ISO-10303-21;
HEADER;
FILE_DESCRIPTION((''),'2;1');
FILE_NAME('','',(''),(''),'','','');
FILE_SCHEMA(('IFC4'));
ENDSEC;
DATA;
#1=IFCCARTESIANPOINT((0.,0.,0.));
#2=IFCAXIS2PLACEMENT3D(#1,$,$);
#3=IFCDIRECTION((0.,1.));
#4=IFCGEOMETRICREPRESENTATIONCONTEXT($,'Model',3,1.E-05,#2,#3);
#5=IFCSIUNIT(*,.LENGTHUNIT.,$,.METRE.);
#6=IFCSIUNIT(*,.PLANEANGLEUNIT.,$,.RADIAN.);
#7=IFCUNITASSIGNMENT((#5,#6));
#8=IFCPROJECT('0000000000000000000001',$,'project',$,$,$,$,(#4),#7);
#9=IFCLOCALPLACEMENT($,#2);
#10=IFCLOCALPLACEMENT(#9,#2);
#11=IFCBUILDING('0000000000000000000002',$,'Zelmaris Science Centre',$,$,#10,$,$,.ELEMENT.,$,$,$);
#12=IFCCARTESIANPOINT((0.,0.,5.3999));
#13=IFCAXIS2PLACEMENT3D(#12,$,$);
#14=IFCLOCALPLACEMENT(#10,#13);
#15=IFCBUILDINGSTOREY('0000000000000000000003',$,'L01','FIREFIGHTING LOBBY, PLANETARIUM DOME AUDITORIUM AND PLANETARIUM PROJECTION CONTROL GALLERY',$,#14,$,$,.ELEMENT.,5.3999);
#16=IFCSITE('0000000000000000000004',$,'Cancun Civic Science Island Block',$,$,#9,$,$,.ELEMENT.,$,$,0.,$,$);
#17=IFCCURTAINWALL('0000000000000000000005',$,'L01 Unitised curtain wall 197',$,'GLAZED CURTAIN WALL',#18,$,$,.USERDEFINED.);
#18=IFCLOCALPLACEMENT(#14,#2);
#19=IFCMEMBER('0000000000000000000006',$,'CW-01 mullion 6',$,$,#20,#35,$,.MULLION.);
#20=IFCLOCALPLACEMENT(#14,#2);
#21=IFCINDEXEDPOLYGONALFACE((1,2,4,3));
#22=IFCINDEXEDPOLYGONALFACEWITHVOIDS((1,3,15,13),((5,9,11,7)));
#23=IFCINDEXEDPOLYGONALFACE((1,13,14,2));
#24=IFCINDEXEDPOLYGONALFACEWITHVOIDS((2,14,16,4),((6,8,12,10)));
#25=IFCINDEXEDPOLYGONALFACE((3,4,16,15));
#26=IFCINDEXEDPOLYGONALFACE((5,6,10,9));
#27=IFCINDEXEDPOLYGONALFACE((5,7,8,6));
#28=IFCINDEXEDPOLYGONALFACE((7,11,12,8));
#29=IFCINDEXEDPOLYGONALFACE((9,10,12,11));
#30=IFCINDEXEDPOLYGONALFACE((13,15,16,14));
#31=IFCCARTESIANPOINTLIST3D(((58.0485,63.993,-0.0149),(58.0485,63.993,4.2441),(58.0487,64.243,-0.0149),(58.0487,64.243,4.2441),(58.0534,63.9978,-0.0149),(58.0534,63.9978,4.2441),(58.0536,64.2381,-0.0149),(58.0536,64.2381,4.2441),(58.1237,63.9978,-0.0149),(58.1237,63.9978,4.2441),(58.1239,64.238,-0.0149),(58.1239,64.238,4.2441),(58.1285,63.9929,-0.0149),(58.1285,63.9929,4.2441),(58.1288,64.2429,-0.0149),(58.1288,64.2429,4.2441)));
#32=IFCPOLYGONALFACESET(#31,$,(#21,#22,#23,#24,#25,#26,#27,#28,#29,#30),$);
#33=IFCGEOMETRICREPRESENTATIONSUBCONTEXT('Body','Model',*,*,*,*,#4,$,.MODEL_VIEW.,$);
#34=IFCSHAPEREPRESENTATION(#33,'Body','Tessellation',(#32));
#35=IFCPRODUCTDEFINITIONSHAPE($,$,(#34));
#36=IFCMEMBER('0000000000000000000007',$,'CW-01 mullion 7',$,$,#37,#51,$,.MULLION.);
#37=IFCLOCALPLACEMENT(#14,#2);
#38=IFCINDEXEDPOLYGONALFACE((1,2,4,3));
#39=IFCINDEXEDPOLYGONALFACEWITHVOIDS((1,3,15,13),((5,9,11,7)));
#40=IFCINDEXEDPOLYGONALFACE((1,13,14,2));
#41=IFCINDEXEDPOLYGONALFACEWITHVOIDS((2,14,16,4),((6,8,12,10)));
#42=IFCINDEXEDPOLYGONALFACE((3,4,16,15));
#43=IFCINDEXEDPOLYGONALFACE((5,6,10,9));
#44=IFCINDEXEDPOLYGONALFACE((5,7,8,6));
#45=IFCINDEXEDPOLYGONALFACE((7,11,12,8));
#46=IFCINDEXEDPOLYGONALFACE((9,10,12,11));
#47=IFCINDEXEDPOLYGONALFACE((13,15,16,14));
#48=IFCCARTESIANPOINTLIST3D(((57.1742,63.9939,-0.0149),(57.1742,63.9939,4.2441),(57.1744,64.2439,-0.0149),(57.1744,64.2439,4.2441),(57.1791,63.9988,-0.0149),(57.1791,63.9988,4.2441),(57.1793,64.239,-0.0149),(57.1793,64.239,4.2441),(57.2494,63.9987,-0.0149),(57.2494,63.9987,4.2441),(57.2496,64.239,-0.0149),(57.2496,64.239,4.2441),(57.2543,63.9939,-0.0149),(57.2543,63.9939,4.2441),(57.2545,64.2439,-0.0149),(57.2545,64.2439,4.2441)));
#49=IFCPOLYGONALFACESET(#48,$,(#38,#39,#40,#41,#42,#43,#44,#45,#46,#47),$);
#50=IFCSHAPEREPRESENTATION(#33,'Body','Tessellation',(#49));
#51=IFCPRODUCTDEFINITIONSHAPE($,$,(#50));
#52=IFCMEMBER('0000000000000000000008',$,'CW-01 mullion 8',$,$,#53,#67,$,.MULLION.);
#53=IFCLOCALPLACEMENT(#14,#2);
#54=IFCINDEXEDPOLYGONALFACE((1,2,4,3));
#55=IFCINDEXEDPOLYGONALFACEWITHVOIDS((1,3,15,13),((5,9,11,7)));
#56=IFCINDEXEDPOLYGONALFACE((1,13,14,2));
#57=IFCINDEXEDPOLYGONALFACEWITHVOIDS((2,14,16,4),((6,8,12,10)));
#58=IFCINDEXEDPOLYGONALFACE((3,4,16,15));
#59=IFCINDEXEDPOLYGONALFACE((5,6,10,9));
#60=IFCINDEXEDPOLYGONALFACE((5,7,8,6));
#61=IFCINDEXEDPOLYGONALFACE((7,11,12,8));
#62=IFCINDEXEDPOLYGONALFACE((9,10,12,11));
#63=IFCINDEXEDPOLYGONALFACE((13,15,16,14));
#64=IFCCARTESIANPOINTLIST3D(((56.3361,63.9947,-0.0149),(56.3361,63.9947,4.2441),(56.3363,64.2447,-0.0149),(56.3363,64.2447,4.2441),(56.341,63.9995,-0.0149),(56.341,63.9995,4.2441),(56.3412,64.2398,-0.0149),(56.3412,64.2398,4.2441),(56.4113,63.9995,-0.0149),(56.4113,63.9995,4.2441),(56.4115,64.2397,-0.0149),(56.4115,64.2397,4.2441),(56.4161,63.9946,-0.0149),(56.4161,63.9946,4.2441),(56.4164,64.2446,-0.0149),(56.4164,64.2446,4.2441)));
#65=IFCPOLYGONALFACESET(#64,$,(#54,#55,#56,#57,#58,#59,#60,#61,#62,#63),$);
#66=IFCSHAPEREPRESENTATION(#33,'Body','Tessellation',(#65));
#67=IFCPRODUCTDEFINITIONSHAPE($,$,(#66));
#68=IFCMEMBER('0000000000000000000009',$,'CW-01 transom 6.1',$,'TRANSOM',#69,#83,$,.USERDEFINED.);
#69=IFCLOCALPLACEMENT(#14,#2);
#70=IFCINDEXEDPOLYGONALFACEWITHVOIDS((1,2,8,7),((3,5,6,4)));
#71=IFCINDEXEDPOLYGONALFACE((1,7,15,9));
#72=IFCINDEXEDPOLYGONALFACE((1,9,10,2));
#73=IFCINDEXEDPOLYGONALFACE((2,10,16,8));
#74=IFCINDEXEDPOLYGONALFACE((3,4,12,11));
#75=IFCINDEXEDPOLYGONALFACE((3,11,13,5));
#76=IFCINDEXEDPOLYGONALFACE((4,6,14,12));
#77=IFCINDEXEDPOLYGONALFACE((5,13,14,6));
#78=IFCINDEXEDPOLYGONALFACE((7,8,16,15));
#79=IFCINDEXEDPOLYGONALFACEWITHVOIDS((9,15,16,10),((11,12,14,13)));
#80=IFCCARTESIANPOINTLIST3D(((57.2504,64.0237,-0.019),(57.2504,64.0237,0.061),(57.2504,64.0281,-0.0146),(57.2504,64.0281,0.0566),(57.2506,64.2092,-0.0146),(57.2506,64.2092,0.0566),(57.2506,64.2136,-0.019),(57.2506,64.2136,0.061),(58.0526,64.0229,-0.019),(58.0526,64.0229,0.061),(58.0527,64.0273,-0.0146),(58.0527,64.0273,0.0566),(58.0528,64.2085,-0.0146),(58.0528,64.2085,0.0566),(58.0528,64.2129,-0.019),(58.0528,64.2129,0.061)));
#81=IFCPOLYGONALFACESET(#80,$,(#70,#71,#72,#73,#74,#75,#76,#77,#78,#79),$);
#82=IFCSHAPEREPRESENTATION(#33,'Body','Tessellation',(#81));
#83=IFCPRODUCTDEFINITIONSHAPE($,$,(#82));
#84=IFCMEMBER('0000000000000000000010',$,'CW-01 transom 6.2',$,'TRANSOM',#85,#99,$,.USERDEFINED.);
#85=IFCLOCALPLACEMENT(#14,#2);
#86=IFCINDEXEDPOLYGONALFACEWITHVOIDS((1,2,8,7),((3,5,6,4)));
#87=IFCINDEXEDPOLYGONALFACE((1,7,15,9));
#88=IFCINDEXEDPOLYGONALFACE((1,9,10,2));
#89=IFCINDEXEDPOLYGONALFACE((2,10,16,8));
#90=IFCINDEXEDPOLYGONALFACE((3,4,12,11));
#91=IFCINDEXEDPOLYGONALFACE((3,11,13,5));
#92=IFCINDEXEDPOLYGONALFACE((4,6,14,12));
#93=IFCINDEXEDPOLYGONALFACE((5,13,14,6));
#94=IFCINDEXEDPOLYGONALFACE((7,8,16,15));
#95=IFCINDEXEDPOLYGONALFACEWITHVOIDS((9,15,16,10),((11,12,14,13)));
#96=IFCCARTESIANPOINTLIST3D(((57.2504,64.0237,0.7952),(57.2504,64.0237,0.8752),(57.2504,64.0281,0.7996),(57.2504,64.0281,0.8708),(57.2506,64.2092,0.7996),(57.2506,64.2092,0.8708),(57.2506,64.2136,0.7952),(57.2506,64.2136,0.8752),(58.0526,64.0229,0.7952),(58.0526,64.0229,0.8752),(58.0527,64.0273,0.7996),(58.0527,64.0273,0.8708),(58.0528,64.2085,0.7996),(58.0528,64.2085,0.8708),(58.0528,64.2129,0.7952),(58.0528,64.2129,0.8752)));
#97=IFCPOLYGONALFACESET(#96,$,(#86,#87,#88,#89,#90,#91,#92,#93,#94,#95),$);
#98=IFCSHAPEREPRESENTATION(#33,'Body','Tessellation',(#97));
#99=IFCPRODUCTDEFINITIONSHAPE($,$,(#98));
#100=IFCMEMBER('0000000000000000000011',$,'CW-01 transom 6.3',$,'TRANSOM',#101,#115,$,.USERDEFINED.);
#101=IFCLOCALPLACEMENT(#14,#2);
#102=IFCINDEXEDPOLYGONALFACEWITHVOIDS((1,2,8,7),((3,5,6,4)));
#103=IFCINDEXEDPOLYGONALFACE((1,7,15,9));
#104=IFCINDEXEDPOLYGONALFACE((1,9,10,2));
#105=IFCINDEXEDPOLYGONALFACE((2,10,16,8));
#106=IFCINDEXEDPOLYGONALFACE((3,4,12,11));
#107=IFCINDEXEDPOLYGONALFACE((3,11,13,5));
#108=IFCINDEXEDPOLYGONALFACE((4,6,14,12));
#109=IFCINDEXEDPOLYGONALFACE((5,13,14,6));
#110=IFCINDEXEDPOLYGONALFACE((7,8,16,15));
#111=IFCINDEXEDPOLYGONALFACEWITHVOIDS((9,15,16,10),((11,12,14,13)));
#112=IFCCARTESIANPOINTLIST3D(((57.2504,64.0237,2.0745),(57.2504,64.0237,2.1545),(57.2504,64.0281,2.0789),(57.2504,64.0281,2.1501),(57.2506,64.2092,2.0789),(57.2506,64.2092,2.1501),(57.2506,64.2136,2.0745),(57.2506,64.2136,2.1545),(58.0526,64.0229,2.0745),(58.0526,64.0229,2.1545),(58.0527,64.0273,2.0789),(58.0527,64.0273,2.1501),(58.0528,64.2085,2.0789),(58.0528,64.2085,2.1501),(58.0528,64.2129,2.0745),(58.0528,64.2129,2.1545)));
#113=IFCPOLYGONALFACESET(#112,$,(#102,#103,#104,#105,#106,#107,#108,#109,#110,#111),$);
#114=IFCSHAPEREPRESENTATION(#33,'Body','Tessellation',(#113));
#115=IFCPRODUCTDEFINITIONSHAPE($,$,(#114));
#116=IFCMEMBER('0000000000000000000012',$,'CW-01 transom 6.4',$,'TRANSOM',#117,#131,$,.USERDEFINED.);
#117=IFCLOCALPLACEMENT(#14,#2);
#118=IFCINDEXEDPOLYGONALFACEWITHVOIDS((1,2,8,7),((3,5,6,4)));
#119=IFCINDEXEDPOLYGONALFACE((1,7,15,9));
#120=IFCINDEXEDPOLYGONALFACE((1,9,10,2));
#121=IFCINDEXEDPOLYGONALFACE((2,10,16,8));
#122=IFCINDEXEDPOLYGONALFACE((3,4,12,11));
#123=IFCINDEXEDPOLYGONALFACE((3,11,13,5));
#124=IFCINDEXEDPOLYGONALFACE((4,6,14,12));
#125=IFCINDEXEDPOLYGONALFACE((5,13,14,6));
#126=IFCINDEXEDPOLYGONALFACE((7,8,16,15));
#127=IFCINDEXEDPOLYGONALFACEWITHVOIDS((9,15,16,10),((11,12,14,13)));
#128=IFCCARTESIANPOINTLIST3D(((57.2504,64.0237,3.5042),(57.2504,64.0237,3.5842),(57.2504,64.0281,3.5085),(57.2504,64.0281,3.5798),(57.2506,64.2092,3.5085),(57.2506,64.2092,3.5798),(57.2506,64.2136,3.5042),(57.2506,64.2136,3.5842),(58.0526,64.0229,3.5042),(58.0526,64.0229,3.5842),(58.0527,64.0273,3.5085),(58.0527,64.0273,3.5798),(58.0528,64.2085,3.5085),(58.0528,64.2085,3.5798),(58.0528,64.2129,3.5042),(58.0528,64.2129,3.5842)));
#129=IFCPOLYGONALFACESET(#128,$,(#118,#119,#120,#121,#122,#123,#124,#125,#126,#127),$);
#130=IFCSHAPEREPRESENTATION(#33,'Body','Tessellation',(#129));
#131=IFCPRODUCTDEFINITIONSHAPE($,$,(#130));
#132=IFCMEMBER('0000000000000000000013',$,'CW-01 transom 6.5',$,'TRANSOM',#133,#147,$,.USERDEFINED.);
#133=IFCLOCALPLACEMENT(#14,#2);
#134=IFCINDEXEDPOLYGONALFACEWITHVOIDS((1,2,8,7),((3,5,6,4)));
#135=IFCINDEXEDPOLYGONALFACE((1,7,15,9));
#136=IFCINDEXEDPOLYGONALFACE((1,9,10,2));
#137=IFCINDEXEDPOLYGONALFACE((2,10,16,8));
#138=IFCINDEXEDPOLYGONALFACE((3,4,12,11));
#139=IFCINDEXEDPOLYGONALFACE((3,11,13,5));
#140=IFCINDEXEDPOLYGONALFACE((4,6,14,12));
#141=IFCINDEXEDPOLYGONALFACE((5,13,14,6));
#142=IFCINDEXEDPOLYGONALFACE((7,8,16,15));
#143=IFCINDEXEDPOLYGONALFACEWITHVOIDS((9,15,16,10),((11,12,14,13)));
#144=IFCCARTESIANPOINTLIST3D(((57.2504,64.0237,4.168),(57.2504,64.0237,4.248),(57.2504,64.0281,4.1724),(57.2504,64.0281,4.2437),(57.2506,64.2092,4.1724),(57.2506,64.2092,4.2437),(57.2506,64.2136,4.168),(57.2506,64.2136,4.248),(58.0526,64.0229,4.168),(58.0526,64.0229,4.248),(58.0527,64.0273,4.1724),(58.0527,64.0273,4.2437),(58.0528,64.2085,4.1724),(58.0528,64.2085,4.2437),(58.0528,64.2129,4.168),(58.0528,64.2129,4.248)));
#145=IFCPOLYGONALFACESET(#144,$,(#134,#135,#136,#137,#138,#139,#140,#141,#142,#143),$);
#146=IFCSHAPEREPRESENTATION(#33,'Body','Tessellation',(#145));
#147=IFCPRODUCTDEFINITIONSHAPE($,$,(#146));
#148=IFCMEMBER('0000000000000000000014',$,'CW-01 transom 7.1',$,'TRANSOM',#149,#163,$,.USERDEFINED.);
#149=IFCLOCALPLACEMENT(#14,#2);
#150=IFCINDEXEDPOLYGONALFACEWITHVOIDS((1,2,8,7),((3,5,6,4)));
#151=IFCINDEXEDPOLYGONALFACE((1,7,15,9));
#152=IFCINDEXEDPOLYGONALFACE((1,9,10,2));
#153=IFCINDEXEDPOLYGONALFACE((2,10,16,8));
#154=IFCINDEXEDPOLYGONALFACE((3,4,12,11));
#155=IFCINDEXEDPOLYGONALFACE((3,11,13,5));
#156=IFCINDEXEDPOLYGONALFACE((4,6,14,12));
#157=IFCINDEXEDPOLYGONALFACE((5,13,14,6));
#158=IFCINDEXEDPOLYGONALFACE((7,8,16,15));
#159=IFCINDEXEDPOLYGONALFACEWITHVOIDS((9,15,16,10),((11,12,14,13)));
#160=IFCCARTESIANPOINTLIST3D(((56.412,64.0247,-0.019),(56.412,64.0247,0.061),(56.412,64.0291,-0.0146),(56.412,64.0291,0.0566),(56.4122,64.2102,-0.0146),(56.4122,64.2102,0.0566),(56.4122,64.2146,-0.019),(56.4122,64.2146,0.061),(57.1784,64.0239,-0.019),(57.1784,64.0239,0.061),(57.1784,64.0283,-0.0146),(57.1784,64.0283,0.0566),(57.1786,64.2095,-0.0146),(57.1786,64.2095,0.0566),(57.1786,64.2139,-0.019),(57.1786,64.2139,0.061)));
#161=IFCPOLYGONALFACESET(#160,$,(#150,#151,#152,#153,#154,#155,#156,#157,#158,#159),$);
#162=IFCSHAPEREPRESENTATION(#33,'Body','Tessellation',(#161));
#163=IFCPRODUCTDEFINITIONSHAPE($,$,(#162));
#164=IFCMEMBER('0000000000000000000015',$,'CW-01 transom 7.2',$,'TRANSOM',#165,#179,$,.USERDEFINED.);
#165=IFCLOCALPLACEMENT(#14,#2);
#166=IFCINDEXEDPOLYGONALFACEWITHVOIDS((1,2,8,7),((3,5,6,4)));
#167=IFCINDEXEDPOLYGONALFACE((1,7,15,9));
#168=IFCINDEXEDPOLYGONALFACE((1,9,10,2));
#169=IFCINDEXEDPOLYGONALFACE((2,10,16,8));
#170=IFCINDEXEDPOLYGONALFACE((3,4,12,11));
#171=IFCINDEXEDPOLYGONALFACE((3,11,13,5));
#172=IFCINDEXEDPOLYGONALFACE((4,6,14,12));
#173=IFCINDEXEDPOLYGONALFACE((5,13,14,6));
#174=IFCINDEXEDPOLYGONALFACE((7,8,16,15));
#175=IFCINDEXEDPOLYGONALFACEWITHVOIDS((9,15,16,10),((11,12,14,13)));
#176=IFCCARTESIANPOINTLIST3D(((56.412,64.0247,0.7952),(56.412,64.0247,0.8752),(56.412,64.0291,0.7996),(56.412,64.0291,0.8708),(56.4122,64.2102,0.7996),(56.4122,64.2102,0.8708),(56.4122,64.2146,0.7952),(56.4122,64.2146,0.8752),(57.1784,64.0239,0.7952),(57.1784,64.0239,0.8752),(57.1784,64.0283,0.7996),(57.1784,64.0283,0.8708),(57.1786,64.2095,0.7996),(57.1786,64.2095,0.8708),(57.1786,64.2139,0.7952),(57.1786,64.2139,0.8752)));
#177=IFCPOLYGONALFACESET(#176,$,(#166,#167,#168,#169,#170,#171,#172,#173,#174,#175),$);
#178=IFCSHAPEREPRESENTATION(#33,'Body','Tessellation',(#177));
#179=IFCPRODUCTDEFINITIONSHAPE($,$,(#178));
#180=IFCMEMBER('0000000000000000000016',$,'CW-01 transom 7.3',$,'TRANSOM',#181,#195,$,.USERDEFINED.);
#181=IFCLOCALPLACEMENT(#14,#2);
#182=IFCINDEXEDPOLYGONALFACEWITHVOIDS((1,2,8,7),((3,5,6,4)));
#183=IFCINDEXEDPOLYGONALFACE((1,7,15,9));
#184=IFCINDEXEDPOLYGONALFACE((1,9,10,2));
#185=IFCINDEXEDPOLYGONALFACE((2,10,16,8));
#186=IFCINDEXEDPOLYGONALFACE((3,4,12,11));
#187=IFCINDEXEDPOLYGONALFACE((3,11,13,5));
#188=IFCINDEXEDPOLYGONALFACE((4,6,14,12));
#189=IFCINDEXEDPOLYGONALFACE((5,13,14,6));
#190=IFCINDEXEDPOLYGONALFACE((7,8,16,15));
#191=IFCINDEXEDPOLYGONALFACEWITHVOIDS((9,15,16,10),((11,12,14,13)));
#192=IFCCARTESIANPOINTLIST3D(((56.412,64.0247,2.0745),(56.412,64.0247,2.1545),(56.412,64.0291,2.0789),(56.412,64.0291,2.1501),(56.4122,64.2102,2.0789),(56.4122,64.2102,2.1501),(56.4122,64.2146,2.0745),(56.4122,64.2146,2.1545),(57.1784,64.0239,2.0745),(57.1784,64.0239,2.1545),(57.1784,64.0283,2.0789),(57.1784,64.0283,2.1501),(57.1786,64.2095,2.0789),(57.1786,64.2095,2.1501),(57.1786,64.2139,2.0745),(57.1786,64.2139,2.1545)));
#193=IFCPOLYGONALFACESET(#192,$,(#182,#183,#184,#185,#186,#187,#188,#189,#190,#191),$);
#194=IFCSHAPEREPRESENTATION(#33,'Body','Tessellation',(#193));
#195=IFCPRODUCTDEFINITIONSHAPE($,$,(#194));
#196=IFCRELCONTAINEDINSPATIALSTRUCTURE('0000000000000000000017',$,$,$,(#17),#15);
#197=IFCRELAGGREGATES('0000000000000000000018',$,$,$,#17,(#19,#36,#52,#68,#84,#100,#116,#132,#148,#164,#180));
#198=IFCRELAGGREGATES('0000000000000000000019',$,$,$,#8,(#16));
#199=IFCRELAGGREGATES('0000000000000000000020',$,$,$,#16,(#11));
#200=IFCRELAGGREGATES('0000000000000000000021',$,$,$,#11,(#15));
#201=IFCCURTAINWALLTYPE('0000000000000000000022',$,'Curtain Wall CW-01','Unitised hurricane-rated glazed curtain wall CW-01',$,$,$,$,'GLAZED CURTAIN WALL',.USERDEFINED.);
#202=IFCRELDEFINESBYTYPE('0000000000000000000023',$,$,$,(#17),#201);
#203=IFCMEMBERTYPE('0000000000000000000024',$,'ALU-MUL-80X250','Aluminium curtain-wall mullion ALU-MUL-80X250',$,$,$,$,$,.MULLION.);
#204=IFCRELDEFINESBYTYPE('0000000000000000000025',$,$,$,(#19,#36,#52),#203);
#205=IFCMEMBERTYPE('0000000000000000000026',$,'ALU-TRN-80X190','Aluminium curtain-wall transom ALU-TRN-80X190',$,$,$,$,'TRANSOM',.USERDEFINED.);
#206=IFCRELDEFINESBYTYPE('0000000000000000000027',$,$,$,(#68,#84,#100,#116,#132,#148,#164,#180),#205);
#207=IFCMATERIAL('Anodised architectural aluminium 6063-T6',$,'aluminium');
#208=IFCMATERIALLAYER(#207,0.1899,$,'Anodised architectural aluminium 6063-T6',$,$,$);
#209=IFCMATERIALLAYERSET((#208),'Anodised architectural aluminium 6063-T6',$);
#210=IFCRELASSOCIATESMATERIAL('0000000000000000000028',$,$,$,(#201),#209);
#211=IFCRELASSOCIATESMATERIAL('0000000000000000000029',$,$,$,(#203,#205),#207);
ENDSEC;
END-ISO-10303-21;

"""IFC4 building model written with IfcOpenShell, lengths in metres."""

from ifc_helpers import new_model, si_unit, direction, frame, origin, origin_2d, place, context, subcontext, project, spatial, hollow_rectangle, extrude, material, layer, layer_set, material_profile, profile_set, type_object, element, aggregate, save


model = new_model("IFC4")

# Units and contexts
model_context = context("Model", 3, precision=1e-05, world=origin(), true_north=direction((0.0, 1.0)))
body_context = subcontext(model_context, "Body", "Model", "MODEL_VIEW")
ifc_project = project(units=[si_unit("LENGTHUNIT", "METRE"), si_unit("PLANEANGLEUNIT", "RADIAN")], contexts=[model_context])

# Site, building, storey
site_placement = place(None, origin())
site = spatial("IfcSite", under=ifc_project, at=site_placement, Name="Cancun Civic Science Island Block", CompositionType="ELEMENT", RefElevation=0.0)
building_placement = place(site_placement, origin())
building = spatial("IfcBuilding", under=site, at=building_placement, Name="Zelmaris Science Centre", CompositionType="ELEMENT")
storey_placement = place(building_placement, frame((0.0, 0.0, 5.3999)))
storey = spatial("IfcBuildingStorey", under=building, at=storey_placement, Name="L01", Description="FIREFIGHTING LOBBY, PLANETARIUM DOME AUDITORIUM AND PLANETARIUM PROJECTION CONTROL GALLERY", CompositionType="ELEMENT", Elevation=5.3999)

# Curtain wall, members
ifc_material_1 = material(Name="Anodised architectural aluminium 6063-T6", Category="aluminium")
ifc_layer_1 = layer(ifc_material_1, 0.1899, Name="Anodised architectural aluminium 6063-T6")
ifc_layer_set_1 = layer_set([ifc_layer_1], Name="Anodised architectural aluminium 6063-T6")
curtain_wall_type = type_object("IfcCurtainWallType", Name="Curtain Wall CW-01", Description="Unitised hurricane-rated glazed curtain wall CW-01", ElementType="GLAZED CURTAIN WALL", PredefinedType="USERDEFINED", material=ifc_layer_set_1)
curtain_wall_placement = place(storey_placement, origin())
curtain_wall = element("IfcCurtainWall", 1, at=curtain_wall_placement, inside=storey, type_object=curtain_wall_type, Name="L01 Unitised curtain wall 197", ObjectType="GLAZED CURTAIN WALL", PredefinedType="USERDEFINED")
ifc_material_profile_1 = material_profile(ifc_material_1, hollow_rectangle(XDim=0.0801, YDim=0.25, WallThickness=0.0049, at=origin_2d()), Name="ALU-MUL-80X250")
ifc_profile_set_1 = profile_set([ifc_material_profile_1], Name="Anodised architectural aluminium 6063-T6")
member_type_1 = type_object("IfcMemberType", Name="ALU-MUL-80X250", Description="Aluminium curtain-wall mullion ALU-MUL-80X250", PredefinedType="MULLION", material=ifc_profile_set_1)
member_1_placement = place(storey_placement, frame((58.0886, 64.1179, -0.0149), z_axis=(0.0, 0.0, 1.0), x_axis=(-1.0, 0.00092, 0.0)))
member_1 = element("IfcMember", 2, at=member_1_placement, type_object=member_type_1, Name="CW-01 mullion 6", PredefinedType="MULLION", context=body_context, shape_type="SweptSolid", body=[
    extrude(hollow_rectangle(XDim=0.0801, YDim=0.25, WallThickness=0.0049, at=origin_2d()), origin(), (0.0, 0.0, 1.0), 4.259),
])
member_2_placement = place(storey_placement, frame((57.2144, 64.1189, -0.0149), z_axis=(0.0, 0.0, 1.0), x_axis=(-1.0, 0.00092, 0.0)))
member_2 = element("IfcMember", 3, at=member_2_placement, type_object=member_type_1, Name="CW-01 mullion 7", PredefinedType="MULLION", context=body_context, shape_type="SweptSolid", body=[
    extrude(hollow_rectangle(XDim=0.0801, YDim=0.25, WallThickness=0.0049, at=origin_2d()), origin(), (0.0, 0.0, 1.0), 4.259),
])
member_3_placement = place(storey_placement, frame((56.3762, 64.1196, -0.0149), z_axis=(0.0, 0.0, 1.0), x_axis=(-1.0, 0.00092, 0.0)))
member_3 = element("IfcMember", 4, at=member_3_placement, type_object=member_type_1, Name="CW-01 mullion 8", PredefinedType="MULLION", context=body_context, shape_type="SweptSolid", body=[
    extrude(hollow_rectangle(XDim=0.0801, YDim=0.25, WallThickness=0.0049, at=origin_2d()), origin(), (0.0, 0.0, 1.0), 4.259),
])
ifc_material_profile_2 = material_profile(ifc_material_1, hollow_rectangle(XDim=0.0801, YDim=0.1899, WallThickness=0.0044, at=origin_2d()), Name="ALU-TRN-80X190")
ifc_profile_set_2 = profile_set([ifc_material_profile_2], Name="Anodised architectural aluminium 6063-T6")
member_type_2 = type_object("IfcMemberType", Name="ALU-TRN-80X190", Description="Aluminium curtain-wall transom ALU-TRN-80X190", ElementType="TRANSOM", PredefinedType="USERDEFINED", material=ifc_profile_set_2)
member_4_placement = place(storey_placement, frame((58.0527, 64.1179, 0.021), z_axis=(-1.0, 0.000913, 0.0), x_axis=(0.0, 0.0, 1.0)))
member_4 = element("IfcMember", 5, at=member_4_placement, type_object=member_type_2, Name="CW-01 transom 6.1", ObjectType="TRANSOM", PredefinedType="USERDEFINED", context=body_context, shape_type="SweptSolid", body=[
    extrude(hollow_rectangle(XDim=0.0801, YDim=0.1899, WallThickness=0.0044, at=origin_2d()), origin(), (0.0, 0.0, 1.0), 0.8022),
])
member_5_placement = place(storey_placement, frame((58.0527, 64.1179, 0.8352), z_axis=(-1.0, 0.000913, 0.0), x_axis=(0.0, 0.0, 1.0)))
member_5 = element("IfcMember", 6, at=member_5_placement, type_object=member_type_2, Name="CW-01 transom 6.2", ObjectType="TRANSOM", PredefinedType="USERDEFINED", context=body_context, shape_type="SweptSolid", body=[
    extrude(hollow_rectangle(XDim=0.0801, YDim=0.1899, WallThickness=0.0044, at=origin_2d()), origin(), (0.0, 0.0, 1.0), 0.8022),
])
member_6_placement = place(storey_placement, frame((58.0527, 64.1179, 2.1145), z_axis=(-1.0, 0.000913, 0.0), x_axis=(0.0, 0.0, 1.0)))
member_6 = element("IfcMember", 7, at=member_6_placement, type_object=member_type_2, Name="CW-01 transom 6.3", ObjectType="TRANSOM", PredefinedType="USERDEFINED", context=body_context, shape_type="SweptSolid", body=[
    extrude(hollow_rectangle(XDim=0.0801, YDim=0.1899, WallThickness=0.0044, at=origin_2d()), origin(), (0.0, 0.0, 1.0), 0.8022),
])
member_7_placement = place(storey_placement, frame((58.0527, 64.1179, 3.5442), z_axis=(-1.0, 0.000913, 0.0), x_axis=(0.0, 0.0, 1.0)))
member_7 = element("IfcMember", 8, at=member_7_placement, type_object=member_type_2, Name="CW-01 transom 6.4", ObjectType="TRANSOM", PredefinedType="USERDEFINED", context=body_context, shape_type="SweptSolid", body=[
    extrude(hollow_rectangle(XDim=0.0801, YDim=0.1899, WallThickness=0.0044, at=origin_2d()), origin(), (0.0, 0.0, 1.0), 0.8022),
])
member_8_placement = place(storey_placement, frame((58.0527, 64.1179, 4.208), z_axis=(-1.0, 0.000913, 0.0), x_axis=(0.0, 0.0, 1.0)))
member_8 = element("IfcMember", 9, at=member_8_placement, type_object=member_type_2, Name="CW-01 transom 6.5", ObjectType="TRANSOM", PredefinedType="USERDEFINED", context=body_context, shape_type="SweptSolid", body=[
    extrude(hollow_rectangle(XDim=0.0801, YDim=0.1899, WallThickness=0.0044, at=origin_2d()), origin(), (0.0, 0.0, 1.0), 0.8022),
])
member_9_placement = place(storey_placement, frame((57.1785, 64.1189, 0.021), z_axis=(-1.0, 0.000956, 0.0), x_axis=(0.0, 0.0, 1.0)))
member_9 = element("IfcMember", 10, at=member_9_placement, type_object=member_type_2, Name="CW-01 transom 7.1", ObjectType="TRANSOM", PredefinedType="USERDEFINED", context=body_context, shape_type="SweptSolid", body=[
    extrude(hollow_rectangle(XDim=0.0801, YDim=0.1899, WallThickness=0.0044, at=origin_2d()), origin(), (0.0, 0.0, 1.0), 0.7664),
])
member_10_placement = place(storey_placement, frame((57.1785, 64.1189, 0.8352), z_axis=(-1.0, 0.000956, 0.0), x_axis=(0.0, 0.0, 1.0)))
member_10 = element("IfcMember", 11, at=member_10_placement, type_object=member_type_2, Name="CW-01 transom 7.2", ObjectType="TRANSOM", PredefinedType="USERDEFINED", context=body_context, shape_type="SweptSolid", body=[
    extrude(hollow_rectangle(XDim=0.0801, YDim=0.1899, WallThickness=0.0044, at=origin_2d()), origin(), (0.0, 0.0, 1.0), 0.7664),
])
member_11_placement = place(storey_placement, frame((57.1785, 64.1189, 2.1145), z_axis=(-1.0, 0.000956, 0.0), x_axis=(0.0, 0.0, 1.0)))
member_11 = element("IfcMember", 12, at=member_11_placement, type_object=member_type_2, Name="CW-01 transom 7.3", ObjectType="TRANSOM", PredefinedType="USERDEFINED", context=body_context, shape_type="SweptSolid", body=[
    extrude(hollow_rectangle(XDim=0.0801, YDim=0.1899, WallThickness=0.0044, at=origin_2d()), origin(), (0.0, 0.0, 1.0), 0.7664),
])
aggregate(curtain_wall, [member_1, member_2, member_3, member_4, member_5, member_6, member_7, member_8, member_9, member_10, member_11])

save(model, "model.ifc")
